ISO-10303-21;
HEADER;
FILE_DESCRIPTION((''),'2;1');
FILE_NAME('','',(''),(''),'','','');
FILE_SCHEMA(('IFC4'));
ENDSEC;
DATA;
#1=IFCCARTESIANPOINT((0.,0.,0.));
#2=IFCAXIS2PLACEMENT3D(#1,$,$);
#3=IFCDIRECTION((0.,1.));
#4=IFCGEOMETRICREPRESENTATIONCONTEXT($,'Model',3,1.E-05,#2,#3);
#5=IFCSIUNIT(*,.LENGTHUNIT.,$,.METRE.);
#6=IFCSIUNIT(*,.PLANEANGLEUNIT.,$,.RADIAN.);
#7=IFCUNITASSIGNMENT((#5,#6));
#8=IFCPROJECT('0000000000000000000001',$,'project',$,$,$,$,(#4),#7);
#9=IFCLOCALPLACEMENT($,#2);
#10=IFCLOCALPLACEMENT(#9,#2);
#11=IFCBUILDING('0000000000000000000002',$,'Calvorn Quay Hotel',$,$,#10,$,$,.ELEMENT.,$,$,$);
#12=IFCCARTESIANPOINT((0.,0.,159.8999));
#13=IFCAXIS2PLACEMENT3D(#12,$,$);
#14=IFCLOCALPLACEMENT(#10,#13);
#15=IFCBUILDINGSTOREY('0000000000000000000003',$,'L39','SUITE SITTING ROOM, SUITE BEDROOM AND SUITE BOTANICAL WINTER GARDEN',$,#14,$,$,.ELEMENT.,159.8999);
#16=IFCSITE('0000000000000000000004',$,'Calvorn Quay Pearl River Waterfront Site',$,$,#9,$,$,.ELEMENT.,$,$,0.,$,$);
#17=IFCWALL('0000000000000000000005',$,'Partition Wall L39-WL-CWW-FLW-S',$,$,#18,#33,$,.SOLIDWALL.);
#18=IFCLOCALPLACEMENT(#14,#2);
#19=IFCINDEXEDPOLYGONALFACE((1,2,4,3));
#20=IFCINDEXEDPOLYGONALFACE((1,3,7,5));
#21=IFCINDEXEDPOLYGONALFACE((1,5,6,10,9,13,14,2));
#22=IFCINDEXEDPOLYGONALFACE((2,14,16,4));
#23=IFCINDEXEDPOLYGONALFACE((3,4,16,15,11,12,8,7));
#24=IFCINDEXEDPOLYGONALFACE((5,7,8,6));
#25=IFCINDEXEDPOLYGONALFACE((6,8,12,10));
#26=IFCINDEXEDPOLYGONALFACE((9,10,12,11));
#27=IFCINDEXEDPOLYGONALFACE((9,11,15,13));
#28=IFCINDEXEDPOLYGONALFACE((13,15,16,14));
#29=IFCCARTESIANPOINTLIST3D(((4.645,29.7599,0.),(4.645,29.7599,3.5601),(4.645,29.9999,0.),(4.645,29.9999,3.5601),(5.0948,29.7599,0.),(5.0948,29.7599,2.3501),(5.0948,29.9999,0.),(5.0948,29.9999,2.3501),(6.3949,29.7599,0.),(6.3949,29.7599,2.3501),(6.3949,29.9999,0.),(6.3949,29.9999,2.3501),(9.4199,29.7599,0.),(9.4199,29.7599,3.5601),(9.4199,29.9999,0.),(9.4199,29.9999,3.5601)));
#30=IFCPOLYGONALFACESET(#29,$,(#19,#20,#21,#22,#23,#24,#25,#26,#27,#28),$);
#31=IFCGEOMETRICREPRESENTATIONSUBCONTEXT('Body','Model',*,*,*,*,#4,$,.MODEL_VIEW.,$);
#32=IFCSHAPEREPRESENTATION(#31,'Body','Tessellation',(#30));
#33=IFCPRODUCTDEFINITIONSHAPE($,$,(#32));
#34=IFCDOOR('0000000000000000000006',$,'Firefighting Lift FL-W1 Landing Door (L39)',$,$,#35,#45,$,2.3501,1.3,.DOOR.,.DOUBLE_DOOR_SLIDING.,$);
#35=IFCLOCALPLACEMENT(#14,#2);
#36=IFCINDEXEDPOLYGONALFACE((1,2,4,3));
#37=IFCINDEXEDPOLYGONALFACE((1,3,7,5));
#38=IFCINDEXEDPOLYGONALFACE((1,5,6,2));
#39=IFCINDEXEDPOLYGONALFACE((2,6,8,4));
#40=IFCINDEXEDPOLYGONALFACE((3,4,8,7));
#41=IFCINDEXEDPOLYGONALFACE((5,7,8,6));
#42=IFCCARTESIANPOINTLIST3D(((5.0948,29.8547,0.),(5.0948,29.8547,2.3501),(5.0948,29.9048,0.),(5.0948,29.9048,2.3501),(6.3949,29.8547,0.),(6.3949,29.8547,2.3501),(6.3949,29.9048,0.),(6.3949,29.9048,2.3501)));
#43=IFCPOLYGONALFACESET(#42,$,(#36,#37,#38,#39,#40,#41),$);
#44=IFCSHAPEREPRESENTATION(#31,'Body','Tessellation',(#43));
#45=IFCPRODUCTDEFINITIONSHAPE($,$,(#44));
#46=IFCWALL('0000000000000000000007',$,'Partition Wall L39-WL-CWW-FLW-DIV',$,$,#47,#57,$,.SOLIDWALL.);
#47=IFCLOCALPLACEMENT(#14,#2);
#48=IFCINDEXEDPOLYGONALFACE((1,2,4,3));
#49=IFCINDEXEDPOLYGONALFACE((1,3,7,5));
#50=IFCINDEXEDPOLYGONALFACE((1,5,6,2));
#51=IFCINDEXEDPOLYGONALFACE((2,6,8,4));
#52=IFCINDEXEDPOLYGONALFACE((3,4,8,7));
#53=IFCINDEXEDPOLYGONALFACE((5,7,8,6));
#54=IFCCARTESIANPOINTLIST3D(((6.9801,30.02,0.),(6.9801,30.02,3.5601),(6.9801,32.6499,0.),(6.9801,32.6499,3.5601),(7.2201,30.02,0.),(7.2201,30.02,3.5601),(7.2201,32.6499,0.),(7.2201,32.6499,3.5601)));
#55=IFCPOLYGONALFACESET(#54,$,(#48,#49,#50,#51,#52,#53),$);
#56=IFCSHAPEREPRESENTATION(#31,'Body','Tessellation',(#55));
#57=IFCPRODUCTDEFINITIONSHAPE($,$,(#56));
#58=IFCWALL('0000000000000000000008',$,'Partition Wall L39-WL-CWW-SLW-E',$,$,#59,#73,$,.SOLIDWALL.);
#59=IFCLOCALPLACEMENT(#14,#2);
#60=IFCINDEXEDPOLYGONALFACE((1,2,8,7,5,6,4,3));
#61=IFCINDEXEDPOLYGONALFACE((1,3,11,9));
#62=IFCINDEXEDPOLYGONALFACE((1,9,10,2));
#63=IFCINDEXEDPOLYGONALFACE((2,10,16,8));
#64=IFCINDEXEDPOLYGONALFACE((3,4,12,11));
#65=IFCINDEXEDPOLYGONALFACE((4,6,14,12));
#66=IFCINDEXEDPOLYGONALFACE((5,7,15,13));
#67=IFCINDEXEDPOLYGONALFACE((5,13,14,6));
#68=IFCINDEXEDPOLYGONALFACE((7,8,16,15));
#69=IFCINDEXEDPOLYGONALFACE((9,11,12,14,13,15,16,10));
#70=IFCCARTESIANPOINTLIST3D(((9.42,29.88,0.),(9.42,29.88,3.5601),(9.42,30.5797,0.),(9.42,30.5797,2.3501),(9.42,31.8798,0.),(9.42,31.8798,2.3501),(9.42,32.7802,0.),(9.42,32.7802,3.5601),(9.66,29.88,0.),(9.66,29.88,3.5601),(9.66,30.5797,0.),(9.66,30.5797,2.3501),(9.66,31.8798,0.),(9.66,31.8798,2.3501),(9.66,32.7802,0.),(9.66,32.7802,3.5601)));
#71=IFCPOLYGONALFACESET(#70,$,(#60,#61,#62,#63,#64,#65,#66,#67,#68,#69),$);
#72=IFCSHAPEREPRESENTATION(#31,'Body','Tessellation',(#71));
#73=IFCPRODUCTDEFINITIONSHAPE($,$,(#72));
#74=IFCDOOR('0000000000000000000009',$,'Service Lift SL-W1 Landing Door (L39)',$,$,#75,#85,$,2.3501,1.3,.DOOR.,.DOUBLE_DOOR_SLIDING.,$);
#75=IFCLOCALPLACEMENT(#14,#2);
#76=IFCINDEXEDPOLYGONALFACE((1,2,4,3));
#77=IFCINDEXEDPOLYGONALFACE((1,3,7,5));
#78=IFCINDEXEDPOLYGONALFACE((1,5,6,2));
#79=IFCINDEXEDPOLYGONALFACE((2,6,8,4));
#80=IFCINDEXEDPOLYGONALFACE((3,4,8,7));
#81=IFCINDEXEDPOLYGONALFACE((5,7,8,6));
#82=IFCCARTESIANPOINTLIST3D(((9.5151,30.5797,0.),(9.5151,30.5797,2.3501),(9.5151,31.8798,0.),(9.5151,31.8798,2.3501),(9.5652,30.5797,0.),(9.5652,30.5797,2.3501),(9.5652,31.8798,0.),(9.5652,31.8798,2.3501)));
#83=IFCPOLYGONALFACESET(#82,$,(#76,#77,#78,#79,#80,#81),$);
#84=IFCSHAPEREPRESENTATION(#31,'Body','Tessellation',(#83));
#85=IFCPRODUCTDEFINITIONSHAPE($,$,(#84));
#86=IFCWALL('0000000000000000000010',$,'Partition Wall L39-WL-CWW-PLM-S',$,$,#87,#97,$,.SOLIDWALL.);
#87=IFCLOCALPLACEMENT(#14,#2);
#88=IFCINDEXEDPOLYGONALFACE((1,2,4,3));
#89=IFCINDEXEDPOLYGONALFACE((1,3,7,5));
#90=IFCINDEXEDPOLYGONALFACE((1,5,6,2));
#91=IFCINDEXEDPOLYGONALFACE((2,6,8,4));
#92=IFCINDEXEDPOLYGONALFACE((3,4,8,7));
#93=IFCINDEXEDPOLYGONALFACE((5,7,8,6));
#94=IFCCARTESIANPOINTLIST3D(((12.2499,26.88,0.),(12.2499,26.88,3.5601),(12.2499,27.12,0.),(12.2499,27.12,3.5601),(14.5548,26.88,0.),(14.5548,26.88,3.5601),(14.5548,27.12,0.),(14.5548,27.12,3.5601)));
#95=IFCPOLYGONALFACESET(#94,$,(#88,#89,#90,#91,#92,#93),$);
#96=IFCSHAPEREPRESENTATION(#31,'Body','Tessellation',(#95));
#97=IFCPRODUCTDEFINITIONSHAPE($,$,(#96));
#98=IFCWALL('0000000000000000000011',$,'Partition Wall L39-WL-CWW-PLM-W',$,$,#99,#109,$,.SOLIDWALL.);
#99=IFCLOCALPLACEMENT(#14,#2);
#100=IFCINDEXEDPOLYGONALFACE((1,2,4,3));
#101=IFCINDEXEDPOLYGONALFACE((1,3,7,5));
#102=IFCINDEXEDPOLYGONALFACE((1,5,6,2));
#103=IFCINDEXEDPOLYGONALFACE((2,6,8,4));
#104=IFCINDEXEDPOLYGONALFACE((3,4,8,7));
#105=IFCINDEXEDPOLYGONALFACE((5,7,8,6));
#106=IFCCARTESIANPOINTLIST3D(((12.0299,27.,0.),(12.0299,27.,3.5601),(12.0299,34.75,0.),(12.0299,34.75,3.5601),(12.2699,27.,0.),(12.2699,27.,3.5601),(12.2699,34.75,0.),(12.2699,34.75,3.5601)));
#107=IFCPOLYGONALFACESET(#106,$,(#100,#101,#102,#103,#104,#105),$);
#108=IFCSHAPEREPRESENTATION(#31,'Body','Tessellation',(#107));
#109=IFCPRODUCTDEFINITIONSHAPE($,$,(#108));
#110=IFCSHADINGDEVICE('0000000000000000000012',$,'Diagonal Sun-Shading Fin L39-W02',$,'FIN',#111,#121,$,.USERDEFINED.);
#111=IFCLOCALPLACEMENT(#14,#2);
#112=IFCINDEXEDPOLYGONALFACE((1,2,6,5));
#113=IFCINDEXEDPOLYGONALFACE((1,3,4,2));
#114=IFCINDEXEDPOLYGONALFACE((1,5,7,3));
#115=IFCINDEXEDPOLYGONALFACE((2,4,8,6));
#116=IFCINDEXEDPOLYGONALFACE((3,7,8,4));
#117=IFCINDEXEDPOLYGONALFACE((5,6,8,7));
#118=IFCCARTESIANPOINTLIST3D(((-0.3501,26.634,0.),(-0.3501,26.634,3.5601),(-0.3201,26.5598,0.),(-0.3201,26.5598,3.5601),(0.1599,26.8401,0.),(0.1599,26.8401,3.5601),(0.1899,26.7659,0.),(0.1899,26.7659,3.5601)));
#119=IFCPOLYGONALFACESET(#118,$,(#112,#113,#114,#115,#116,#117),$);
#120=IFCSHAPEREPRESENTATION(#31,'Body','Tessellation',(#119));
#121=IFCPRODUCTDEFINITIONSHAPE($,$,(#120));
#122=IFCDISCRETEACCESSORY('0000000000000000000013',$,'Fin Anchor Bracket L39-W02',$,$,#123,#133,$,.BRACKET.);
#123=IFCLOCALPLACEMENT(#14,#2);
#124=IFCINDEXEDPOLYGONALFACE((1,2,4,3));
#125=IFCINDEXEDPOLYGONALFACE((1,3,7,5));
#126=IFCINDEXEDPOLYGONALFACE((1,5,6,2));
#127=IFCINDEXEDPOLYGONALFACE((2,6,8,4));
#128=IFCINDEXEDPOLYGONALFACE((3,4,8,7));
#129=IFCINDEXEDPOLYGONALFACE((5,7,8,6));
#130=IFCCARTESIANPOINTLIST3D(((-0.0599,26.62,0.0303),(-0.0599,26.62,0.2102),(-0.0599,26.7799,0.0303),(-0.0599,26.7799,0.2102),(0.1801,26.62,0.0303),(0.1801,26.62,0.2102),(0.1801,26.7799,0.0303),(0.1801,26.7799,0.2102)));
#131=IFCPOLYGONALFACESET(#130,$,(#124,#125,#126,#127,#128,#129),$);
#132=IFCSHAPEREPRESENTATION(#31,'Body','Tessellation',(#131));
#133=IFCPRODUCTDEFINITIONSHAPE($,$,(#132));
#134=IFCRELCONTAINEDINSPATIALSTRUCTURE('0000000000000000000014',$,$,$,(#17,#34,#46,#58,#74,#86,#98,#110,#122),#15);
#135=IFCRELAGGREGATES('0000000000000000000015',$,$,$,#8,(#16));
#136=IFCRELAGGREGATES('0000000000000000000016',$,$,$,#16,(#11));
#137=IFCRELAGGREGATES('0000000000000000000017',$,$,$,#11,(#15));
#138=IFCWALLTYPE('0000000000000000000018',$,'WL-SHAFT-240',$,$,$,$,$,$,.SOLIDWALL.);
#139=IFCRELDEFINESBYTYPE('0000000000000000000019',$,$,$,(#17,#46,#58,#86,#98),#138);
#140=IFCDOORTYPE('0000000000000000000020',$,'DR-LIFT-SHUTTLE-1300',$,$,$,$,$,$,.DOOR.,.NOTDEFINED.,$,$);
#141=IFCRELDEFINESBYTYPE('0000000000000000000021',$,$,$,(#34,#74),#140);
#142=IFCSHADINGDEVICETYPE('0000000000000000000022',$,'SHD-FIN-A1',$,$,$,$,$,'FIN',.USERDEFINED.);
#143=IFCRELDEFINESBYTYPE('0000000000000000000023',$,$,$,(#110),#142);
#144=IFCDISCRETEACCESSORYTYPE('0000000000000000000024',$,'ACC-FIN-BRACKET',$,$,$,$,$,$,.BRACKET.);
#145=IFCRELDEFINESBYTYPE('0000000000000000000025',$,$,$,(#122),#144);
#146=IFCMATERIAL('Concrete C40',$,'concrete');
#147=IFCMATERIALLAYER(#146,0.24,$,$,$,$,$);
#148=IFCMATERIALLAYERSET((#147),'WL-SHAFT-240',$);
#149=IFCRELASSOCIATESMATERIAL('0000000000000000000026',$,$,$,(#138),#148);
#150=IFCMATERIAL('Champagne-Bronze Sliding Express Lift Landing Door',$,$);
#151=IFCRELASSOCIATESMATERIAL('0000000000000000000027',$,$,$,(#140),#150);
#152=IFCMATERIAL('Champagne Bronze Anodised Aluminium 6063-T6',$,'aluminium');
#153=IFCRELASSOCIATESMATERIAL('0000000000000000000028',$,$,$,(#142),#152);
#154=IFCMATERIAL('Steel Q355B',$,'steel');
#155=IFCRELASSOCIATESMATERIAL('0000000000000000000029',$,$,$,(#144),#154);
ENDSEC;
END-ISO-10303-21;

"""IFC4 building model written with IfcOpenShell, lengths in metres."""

from ifc_helpers import new_model, si_unit, direction, frame, frame_2d, origin, origin_2d, place, context, subcontext, project, spatial, rectangle, extrude, material, layer, layer_set, type_object, element, fill, save


model = new_model("IFC4")

# Units and contexts
model_context = context("Model", 3, precision=1e-05, world=origin(), true_north=direction((0.0, 1.0)))
body_context = subcontext(model_context, "Body", "Model", "MODEL_VIEW")
ifc_project = project(units=[si_unit("LENGTHUNIT", "METRE"), si_unit("PLANEANGLEUNIT", "RADIAN")], contexts=[model_context])

# Site, building, storey
site_placement = place(None, origin())
site = spatial("IfcSite", under=ifc_project, at=site_placement, Name="Calvorn Quay Pearl River Waterfront Site", CompositionType="ELEMENT", RefElevation=0.0)
building_placement = place(site_placement, origin())
building = spatial("IfcBuilding", under=site, at=building_placement, Name="Calvorn Quay Hotel", CompositionType="ELEMENT")
storey_placement = place(building_placement, frame((0.0, 0.0, 159.8999)))
storey = spatial("IfcBuildingStorey", under=building, at=storey_placement, Name="L39", Description="SUITE SITTING ROOM, SUITE BEDROOM AND SUITE BOTANICAL WINTER GARDEN", CompositionType="ELEMENT", Elevation=159.8999)

# Shared definitions
ifc_material_1 = material(Name="Concrete C40", Category="concrete")
ifc_layer_1 = layer(ifc_material_1, 0.24)
ifc_layer_set_1 = layer_set([ifc_layer_1], Name="WL-SHAFT-240")
wall_type_1 = type_object("IfcWallType", Name="WL-SHAFT-240", PredefinedType="SOLIDWALL", material=ifc_layer_set_1)

# Wall, opening, door
wall_1_placement = place(storey_placement, frame((4.645, 29.8799, 0.0), z_axis=(0.0, 0.0, 1.0), x_axis=(1.0, 0.0, 0.0)))
wall_1 = element("IfcWall", 1, at=wall_1_placement, inside=storey, type_object=wall_type_1, Name="Partition Wall L39-WL-CWW-FLW-S", PredefinedType="SOLIDWALL", context=body_context, shape_type="SweptSolid", body=[
    extrude(rectangle(XDim=4.7749, YDim=0.24, at=frame_2d((2.3875, 0.0))), origin(), (0.0, 0.0, 1.0), 3.5601),
])
opening_1_placement = place(wall_1_placement, frame((0.45, 0.0, 0.0)))
opening_1 = element("IfcOpeningElement", 2, at=opening_1_placement, cuts=wall_1, PredefinedType="OPENING", context=body_context, shape_type="SweptSolid", body=[
    extrude(rectangle(XDim=1.3, YDim=2.3501, at=frame_2d((0.6499, 1.175))), frame((0.0, 0.1299, 0.0), z_axis=(0.0, -1.0, 0.0), x_axis=(1.0, 0.0, 0.0)), (0.0, 0.0, 1.0), 0.26),
])
ifc_material_2 = material(Name="Champagne-Bronze Sliding Express Lift Landing Door")
door_type_1 = type_object("IfcDoorType", Name="DR-LIFT-SHUTTLE-1300", OperationType="NOTDEFINED", PredefinedType="DOOR", material=ifc_material_2)
door_1_placement = place(opening_1_placement, origin())
door_1 = element("IfcDoor", 3, at=door_1_placement, inside=storey, type_object=door_type_1, Name="Firefighting Lift FL-W1 Landing Door (L39)", OperationType="DOUBLE_DOOR_SLIDING", OverallHeight=2.3501, OverallWidth=1.3, PredefinedType="DOOR", context=body_context, shape_type="SweptSolid", body=[
    extrude(rectangle(XDim=1.3, YDim=2.3501, at=frame_2d((0.6499, 1.175))), frame((0.0, 0.0249, 0.0), z_axis=(0.0, -1.0, 0.0), x_axis=(1.0, 0.0, 0.0)), (0.0, 0.0, 1.0), 0.05),
])
fill(opening_1, door_1)

# Wall
wall_2_placement = place(storey_placement, frame((7.1001, 30.02, 0.0), z_axis=(0.0, 0.0, 1.0), x_axis=(0.0, 1.0, 0.0)))
element("IfcWall", 4, at=wall_2_placement, inside=storey, type_object=wall_type_1, Name="Partition Wall L39-WL-CWW-FLW-DIV", PredefinedType="SOLIDWALL", context=body_context, shape_type="SweptSolid", body=[
    extrude(rectangle(XDim=2.6299, YDim=0.24, at=frame_2d((1.3149, 0.0))), origin(), (0.0, 0.0, 1.0), 3.5601),
])

# Wall, opening, door
wall_3_placement = place(storey_placement, frame((9.54, 29.8799, 0.0), z_axis=(0.0, 0.0, 1.0), x_axis=(0.0, 1.0, 0.0)))
wall_3 = element("IfcWall", 5, at=wall_3_placement, inside=storey, type_object=wall_type_1, Name="Partition Wall L39-WL-CWW-SLW-E", PredefinedType="SOLIDWALL", context=body_context, shape_type="SweptSolid", body=[
    extrude(rectangle(XDim=2.9001, YDim=0.24, at=frame_2d((1.4502, 0.0))), origin(), (0.0, 0.0, 1.0), 3.5601),
])
opening_2_placement = place(wall_3_placement, frame((0.7, 0.0, 0.0)))
opening_2 = element("IfcOpeningElement", 6, at=opening_2_placement, cuts=wall_3, PredefinedType="OPENING", context=body_context, shape_type="SweptSolid", body=[
    extrude(rectangle(XDim=1.3, YDim=2.3501, at=frame_2d((0.6499, 1.175))), frame((0.0, 0.1299, 0.0), z_axis=(0.0, -1.0, 0.0), x_axis=(1.0, 0.0, 0.0)), (0.0, 0.0, 1.0), 0.26),
])
door_2_placement = place(opening_2_placement, origin())
door_2 = element("IfcDoor", 7, at=door_2_placement, inside=storey, type_object=door_type_1, Name="Service Lift SL-W1 Landing Door (L39)", OperationType="DOUBLE_DOOR_SLIDING", OverallHeight=2.3501, OverallWidth=1.3, PredefinedType="DOOR", context=body_context, shape_type="SweptSolid", body=[
    extrude(rectangle(XDim=1.3, YDim=2.3501, at=frame_2d((0.6499, 1.175))), frame((0.0, 0.0249, 0.0), z_axis=(0.0, -1.0, 0.0), x_axis=(1.0, 0.0, 0.0)), (0.0, 0.0, 1.0), 0.05),
])
fill(opening_2, door_2)

# Walls
wall_4_placement = place(storey_placement, frame((12.25, 27.0, 0.0), z_axis=(0.0, 0.0, 1.0), x_axis=(1.0, 0.0, 0.0)))
element("IfcWall", 8, at=wall_4_placement, inside=storey, type_object=wall_type_1, Name="Partition Wall L39-WL-CWW-PLM-S", PredefinedType="SOLIDWALL", context=body_context, shape_type="SweptSolid", body=[
    extrude(rectangle(XDim=2.3049, YDim=0.24, at=frame_2d((1.1523, 0.0))), origin(), (0.0, 0.0, 1.0), 3.5601),
])
wall_5_placement = place(storey_placement, frame((12.1499, 27.0, 0.0), z_axis=(0.0, 0.0, 1.0), x_axis=(0.0, 1.0, 0.0)))
element("IfcWall", 9, at=wall_5_placement, inside=storey, type_object=wall_type_1, Name="Partition Wall L39-WL-CWW-PLM-W", PredefinedType="SOLIDWALL", context=body_context, shape_type="SweptSolid", body=[
    extrude(rectangle(XDim=7.75, YDim=0.24, at=frame_2d((3.875, 0.0))), origin(), (0.0, 0.0, 1.0), 3.5601),
])

# Shading device
ifc_material_3 = material(Name="Champagne Bronze Anodised Aluminium 6063-T6", Category="aluminium")
shading_device_type = type_object("IfcShadingDeviceType", Name="SHD-FIN-A1", ElementType="FIN", PredefinedType="USERDEFINED", material=ifc_material_3)
shading_device_placement = place(storey_placement, frame((-0.0801, 26.7, 0.0), z_axis=(0.0, 0.0, 1.0), x_axis=(0.927184, 0.374607, 0.0)))
element("IfcShadingDevice", 10, at=shading_device_placement, inside=storey, type_object=shading_device_type, Name="Diagonal Sun-Shading Fin L39-W02", ObjectType="FIN", PredefinedType="USERDEFINED", context=body_context, shape_type="SweptSolid", body=[
    extrude(rectangle(XDim=0.55, YDim=0.0801, at=origin_2d()), origin(), (0.0, 0.0, 1.0), 3.5601),
])

# Discrete accessory
ifc_material_4 = material(Name="Steel Q355B", Category="steel")
discrete_accessory_type = type_object("IfcDiscreteAccessoryType", Name="ACC-FIN-BRACKET", PredefinedType="BRACKET", material=ifc_material_4)
discrete_accessory_placement = place(storey_placement, frame((0.0601, 26.7, 0.0303), z_axis=(0.0, 0.0, 1.0), x_axis=(1.0, 0.0, 0.0)))
element("IfcDiscreteAccessory", 11, at=discrete_accessory_placement, inside=storey, type_object=discrete_accessory_type, Name="Fin Anchor Bracket L39-W02", PredefinedType="BRACKET", context=body_context, shape_type="SweptSolid", body=[
    extrude(rectangle(XDim=0.24, YDim=0.1599, at=origin_2d()), origin(), (0.0, 0.0, 1.0), 0.1799),
])

save(model, "model.ifc")
